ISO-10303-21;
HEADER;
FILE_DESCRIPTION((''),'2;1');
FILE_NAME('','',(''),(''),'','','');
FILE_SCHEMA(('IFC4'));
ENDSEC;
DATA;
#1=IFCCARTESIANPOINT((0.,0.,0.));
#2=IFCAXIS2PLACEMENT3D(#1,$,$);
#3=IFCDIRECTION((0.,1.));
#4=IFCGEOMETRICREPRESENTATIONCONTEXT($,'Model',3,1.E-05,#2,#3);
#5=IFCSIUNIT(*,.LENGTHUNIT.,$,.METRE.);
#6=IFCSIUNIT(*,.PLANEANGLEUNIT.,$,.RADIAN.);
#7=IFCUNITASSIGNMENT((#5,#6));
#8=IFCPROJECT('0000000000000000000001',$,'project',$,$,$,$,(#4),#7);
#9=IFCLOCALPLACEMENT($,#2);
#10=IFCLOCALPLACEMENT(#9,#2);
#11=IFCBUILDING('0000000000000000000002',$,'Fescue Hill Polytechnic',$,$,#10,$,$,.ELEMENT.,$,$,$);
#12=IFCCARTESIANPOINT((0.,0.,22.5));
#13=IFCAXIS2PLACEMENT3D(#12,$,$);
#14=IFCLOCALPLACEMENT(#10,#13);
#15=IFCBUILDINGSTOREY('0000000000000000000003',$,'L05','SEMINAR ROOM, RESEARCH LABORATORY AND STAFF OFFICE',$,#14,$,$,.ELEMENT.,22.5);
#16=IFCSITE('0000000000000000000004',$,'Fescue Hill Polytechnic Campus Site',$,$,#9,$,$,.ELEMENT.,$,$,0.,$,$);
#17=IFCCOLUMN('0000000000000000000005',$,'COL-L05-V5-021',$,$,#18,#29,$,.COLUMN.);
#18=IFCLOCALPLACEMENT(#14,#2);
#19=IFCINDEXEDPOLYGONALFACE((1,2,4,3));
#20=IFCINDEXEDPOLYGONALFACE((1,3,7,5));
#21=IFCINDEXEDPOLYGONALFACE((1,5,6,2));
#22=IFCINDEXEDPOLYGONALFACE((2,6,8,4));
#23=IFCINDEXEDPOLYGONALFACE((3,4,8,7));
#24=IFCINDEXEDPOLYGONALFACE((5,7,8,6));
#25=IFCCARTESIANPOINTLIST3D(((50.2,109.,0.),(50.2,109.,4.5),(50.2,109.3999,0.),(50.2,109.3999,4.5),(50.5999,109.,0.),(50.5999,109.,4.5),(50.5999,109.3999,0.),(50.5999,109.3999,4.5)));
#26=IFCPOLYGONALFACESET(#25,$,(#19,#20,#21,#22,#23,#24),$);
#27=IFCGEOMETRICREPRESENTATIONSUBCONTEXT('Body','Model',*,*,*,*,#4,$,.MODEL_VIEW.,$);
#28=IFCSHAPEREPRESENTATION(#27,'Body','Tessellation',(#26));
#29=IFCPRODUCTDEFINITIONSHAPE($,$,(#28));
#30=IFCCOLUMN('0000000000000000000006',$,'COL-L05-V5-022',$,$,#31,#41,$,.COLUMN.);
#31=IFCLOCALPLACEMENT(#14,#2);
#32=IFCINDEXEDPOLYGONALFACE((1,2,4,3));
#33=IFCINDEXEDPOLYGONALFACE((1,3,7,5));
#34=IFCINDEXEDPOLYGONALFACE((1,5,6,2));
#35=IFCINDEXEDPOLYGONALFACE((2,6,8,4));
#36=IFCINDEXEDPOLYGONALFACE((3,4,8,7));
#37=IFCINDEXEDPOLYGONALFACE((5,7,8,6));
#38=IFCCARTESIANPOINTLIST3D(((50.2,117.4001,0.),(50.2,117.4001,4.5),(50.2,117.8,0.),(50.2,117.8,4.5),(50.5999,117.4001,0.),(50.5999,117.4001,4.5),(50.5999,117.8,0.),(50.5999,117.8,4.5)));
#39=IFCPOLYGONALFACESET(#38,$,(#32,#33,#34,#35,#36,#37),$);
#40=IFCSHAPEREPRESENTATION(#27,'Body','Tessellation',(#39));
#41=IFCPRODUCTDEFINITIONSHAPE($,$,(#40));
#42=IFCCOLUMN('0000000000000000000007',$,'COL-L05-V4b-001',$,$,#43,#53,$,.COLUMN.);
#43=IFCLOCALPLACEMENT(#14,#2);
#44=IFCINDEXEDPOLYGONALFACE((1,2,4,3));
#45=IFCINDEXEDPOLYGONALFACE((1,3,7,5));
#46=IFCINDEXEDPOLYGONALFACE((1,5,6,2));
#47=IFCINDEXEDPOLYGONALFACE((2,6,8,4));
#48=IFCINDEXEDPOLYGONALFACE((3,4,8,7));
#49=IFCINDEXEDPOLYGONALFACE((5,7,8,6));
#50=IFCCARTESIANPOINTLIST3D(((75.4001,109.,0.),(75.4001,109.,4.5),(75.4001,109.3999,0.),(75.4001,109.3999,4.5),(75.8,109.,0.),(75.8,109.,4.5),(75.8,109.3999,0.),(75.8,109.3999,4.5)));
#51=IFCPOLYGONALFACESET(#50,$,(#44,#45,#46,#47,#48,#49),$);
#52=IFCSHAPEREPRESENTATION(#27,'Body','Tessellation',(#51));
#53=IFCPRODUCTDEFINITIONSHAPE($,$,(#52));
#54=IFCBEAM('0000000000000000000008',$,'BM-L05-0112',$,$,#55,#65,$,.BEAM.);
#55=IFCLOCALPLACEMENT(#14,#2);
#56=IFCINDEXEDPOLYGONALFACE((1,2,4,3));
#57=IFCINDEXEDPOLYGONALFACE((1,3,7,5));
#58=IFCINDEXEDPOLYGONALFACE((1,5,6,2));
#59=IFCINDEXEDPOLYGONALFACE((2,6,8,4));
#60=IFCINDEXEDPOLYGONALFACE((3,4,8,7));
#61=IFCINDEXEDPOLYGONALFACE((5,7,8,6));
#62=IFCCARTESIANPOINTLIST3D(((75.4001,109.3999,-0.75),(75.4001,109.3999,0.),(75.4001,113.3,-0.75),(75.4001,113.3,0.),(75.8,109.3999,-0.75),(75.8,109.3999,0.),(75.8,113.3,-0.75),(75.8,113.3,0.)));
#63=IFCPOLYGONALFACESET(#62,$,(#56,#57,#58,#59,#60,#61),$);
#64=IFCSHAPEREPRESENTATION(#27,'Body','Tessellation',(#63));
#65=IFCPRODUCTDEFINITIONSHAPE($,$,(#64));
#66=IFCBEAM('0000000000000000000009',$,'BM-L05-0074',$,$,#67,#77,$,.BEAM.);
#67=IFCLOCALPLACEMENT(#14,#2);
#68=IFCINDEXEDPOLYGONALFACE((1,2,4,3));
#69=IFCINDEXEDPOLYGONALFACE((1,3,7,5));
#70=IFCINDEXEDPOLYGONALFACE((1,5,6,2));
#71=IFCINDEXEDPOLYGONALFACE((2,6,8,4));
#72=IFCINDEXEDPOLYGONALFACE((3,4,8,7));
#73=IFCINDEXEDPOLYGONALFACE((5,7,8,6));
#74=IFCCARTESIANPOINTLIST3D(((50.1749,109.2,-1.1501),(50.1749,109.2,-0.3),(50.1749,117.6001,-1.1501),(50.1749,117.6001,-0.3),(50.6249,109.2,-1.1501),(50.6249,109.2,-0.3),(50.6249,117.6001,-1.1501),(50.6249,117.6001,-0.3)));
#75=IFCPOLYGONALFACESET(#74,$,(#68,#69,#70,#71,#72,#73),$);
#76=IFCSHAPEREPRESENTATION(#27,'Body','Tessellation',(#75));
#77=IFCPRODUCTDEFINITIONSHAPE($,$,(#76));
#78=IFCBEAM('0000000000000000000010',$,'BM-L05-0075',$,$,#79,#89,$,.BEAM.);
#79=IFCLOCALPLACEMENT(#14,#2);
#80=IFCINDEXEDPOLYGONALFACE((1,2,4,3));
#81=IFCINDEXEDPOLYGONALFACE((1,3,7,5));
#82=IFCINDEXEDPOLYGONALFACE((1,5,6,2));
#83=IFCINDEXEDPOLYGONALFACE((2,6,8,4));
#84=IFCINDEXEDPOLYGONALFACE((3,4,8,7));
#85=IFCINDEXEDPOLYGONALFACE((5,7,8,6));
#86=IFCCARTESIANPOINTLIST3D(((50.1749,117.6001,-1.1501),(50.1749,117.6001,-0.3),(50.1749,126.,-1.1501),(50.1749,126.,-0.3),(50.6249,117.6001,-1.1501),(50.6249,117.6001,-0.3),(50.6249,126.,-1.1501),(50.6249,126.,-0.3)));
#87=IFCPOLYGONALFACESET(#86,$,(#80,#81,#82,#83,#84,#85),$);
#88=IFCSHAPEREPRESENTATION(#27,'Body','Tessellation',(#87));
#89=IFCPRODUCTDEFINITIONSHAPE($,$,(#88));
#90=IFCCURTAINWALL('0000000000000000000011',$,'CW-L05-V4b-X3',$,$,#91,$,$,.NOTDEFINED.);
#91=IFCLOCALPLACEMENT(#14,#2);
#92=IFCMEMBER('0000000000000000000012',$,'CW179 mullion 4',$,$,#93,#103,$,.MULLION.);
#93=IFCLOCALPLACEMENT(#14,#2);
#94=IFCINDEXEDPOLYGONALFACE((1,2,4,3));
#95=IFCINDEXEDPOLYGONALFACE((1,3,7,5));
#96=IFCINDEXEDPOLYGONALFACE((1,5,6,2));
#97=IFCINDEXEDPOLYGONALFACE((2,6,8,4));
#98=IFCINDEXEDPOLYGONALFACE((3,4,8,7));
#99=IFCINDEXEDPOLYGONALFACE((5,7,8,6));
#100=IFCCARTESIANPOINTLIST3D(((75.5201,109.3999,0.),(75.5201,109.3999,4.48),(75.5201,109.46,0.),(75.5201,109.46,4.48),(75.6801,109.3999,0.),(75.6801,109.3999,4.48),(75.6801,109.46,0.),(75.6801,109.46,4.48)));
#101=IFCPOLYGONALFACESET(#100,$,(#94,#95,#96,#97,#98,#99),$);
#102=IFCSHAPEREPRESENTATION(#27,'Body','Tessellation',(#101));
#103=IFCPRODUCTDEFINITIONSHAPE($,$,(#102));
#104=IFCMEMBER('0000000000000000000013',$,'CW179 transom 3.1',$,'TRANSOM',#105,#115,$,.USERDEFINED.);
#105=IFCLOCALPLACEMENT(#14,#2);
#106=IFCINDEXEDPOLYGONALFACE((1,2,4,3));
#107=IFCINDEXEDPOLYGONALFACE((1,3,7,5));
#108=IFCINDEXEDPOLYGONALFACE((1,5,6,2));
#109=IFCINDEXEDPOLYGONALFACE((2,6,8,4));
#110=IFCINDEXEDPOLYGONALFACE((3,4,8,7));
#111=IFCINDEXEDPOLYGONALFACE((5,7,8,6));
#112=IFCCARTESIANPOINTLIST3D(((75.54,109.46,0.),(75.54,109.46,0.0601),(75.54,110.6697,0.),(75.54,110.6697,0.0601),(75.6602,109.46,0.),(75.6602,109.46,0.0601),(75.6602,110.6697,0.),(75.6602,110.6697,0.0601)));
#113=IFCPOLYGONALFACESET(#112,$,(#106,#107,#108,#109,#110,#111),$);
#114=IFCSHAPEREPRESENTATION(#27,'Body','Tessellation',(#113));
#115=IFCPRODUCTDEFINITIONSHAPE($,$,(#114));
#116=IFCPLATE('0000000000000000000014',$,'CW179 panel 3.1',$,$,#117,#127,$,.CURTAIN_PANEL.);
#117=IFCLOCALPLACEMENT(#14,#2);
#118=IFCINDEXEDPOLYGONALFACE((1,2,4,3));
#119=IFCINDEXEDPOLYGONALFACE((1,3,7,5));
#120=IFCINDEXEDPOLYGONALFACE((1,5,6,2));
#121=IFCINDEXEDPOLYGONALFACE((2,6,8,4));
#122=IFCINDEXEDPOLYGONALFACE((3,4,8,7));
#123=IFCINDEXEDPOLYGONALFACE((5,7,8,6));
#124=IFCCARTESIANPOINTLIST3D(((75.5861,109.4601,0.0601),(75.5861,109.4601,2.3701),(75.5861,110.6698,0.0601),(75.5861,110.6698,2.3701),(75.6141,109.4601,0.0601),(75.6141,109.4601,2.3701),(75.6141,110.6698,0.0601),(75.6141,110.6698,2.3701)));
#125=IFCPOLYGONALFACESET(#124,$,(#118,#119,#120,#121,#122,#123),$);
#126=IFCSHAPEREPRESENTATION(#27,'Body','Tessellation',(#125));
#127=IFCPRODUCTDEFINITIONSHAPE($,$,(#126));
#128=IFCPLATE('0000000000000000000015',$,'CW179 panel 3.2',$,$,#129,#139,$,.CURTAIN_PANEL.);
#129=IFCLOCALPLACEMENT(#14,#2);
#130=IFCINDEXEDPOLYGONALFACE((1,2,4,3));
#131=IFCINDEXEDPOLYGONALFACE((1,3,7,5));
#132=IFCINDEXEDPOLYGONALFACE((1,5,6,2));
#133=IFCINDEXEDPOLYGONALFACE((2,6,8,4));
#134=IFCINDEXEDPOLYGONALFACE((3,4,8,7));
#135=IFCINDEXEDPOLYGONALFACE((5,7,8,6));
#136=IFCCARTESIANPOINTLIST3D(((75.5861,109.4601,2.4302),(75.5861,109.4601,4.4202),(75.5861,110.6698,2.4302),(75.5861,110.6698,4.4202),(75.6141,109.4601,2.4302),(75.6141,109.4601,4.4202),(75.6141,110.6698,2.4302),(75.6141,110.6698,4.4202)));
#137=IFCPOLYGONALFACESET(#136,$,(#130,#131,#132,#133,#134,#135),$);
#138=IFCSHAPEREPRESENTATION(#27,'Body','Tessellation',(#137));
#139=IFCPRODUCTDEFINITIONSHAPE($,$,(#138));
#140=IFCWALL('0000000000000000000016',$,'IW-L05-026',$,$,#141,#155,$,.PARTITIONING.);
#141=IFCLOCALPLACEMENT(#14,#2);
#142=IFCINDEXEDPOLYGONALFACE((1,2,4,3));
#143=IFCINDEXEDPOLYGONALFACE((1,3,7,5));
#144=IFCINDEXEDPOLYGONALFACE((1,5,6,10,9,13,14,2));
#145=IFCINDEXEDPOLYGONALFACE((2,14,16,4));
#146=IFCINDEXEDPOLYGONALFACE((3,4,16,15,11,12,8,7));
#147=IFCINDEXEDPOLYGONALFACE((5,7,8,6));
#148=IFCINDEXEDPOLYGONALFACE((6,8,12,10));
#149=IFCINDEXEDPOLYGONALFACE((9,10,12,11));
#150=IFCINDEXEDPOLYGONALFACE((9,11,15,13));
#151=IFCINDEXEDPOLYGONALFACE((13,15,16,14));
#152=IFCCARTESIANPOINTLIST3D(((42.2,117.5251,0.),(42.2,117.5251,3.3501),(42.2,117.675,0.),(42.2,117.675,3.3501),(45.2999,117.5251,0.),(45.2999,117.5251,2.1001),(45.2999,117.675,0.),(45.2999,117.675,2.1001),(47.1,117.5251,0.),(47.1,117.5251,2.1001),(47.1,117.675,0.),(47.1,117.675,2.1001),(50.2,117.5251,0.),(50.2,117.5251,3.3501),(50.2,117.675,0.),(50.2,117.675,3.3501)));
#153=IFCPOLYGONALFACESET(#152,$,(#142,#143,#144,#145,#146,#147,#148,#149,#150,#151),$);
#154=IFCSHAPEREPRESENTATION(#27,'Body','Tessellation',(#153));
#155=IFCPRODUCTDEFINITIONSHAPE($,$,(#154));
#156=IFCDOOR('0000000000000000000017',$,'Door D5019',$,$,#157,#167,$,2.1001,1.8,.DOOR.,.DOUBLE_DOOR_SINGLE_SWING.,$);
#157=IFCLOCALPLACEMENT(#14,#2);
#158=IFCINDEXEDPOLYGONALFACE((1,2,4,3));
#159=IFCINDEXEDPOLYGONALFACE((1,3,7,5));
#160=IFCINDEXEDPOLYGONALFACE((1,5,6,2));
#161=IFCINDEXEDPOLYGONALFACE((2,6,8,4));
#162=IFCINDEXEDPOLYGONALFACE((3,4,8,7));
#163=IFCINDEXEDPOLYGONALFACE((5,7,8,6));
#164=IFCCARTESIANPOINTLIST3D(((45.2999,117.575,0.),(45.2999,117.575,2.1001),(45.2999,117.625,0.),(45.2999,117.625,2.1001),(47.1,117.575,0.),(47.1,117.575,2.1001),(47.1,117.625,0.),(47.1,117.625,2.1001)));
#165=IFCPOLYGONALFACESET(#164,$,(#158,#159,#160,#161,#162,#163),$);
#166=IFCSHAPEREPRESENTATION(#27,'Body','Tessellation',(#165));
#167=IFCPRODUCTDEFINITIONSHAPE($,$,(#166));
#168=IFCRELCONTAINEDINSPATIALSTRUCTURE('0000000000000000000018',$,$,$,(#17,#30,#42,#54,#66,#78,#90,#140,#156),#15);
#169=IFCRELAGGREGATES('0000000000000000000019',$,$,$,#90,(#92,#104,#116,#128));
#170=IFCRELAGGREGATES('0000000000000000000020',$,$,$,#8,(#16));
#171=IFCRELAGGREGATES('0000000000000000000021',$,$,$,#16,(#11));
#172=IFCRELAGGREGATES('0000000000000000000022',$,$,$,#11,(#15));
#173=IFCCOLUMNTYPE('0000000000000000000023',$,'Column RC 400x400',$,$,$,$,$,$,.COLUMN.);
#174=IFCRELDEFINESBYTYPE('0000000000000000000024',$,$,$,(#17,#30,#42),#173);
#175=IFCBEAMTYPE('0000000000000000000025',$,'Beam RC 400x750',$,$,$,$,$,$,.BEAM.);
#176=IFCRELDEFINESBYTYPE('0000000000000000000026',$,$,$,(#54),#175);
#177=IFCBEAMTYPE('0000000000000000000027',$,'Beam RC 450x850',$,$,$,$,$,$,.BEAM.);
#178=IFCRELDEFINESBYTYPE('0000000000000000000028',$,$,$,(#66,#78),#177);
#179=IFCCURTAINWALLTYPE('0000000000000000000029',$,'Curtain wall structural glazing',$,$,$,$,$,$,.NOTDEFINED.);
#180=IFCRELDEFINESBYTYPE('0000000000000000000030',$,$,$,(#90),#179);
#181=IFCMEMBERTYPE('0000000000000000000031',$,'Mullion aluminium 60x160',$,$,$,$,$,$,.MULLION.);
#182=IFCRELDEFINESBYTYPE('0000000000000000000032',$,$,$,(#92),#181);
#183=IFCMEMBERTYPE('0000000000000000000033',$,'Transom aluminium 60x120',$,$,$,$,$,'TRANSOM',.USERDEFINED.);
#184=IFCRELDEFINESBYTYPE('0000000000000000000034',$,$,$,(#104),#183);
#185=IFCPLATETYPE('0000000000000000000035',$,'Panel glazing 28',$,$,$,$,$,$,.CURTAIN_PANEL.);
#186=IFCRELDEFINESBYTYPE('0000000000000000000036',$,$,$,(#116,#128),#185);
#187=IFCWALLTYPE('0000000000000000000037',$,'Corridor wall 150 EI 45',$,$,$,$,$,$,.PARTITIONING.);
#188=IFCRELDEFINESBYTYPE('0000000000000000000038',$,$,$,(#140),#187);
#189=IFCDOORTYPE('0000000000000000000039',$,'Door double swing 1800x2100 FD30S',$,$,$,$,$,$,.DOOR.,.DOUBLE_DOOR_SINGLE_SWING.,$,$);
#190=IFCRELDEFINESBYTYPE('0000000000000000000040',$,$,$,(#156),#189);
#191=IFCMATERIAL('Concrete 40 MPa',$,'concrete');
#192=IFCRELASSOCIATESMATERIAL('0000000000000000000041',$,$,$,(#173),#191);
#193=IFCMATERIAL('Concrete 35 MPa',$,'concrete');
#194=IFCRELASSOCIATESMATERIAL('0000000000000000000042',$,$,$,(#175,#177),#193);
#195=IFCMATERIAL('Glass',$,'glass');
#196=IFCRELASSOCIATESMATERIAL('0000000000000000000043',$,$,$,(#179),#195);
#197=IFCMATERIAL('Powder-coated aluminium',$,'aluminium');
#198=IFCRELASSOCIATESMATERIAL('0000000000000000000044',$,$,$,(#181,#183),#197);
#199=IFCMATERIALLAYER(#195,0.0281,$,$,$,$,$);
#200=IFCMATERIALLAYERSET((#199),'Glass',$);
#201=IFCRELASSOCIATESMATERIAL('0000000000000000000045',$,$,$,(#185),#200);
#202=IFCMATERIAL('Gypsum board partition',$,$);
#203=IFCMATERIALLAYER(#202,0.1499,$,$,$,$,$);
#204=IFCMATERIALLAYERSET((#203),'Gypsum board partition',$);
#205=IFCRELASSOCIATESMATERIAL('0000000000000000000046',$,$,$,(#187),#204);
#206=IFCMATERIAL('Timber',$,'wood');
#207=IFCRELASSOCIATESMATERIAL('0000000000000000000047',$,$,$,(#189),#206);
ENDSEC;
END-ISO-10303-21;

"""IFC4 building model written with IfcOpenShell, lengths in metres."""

from ifc_helpers import new_model, si_unit, direction, frame, frame_2d, origin, origin_2d, place, context, subcontext, project, spatial, rectangle, extrude, material, layer, layer_set, material_profile, profile_set, type_object, element, fill, aggregate, save


model = new_model("IFC4")

# Units and contexts
model_context = context("Model", 3, precision=1e-05, world=origin(), true_north=direction((0.0, 1.0)))
body_context = subcontext(model_context, "Body", "Model", "MODEL_VIEW")
ifc_project = project(units=[si_unit("LENGTHUNIT", "METRE"), si_unit("PLANEANGLEUNIT", "RADIAN")], contexts=[model_context])

# Site, building, storey
site_placement = place(None, origin())
site = spatial("IfcSite", under=ifc_project, at=site_placement, Name="Fescue Hill Polytechnic Campus Site", CompositionType="ELEMENT", RefElevation=0.0)
building_placement = place(site_placement, origin())
building = spatial("IfcBuilding", under=site, at=building_placement, Name="Fescue Hill Polytechnic", CompositionType="ELEMENT")
storey_placement = place(building_placement, frame((0.0, 0.0, 22.5)))
storey = spatial("IfcBuildingStorey", under=building, at=storey_placement, Name="L05", Description="SEMINAR ROOM, RESEARCH LABORATORY AND STAFF OFFICE", CompositionType="ELEMENT", Elevation=22.5)

# Columns
ifc_material_1 = material(Name="Concrete 40 MPa", Category="concrete")
ifc_material_profile_1 = material_profile(ifc_material_1, rectangle(XDim=0.3999, YDim=0.3999, at=origin_2d()), Name="RC 400x400")
ifc_profile_set_1 = profile_set([ifc_material_profile_1], Name="Concrete 40 MPa")
column_type = type_object("IfcColumnType", Name="Column RC 400x400", PredefinedType="COLUMN", material=ifc_profile_set_1)
for number, where, z_axis, x_axis, name in (
    (1, (50.3999, 109.2, 0.0), (0.0, 0.0, 1.0), (1.0, 0.0, 0.0), "COL-L05-V5-021"),
    (2, (50.3999, 117.6001, 0.0), (0.0, 0.0, 1.0), (1.0, 0.0, 0.0), "COL-L05-V5-022"),
    (3, (75.6001, 109.2, 0.0), (0.0, 0.0, 1.0), (1.0, 0.0, 0.0), "COL-L05-V4b-001"),
):
    element("IfcColumn", number, at=place(storey_placement, frame(where, z_axis=z_axis, x_axis=x_axis)), inside=storey, type_object=column_type, Name=name, PredefinedType="COLUMN", context=body_context, shape_type="SweptSolid", body=[
        extrude(rectangle(XDim=0.3999, YDim=0.3999, at=origin_2d()), origin(), (0.0, 0.0, 1.0), 4.5),
    ])

# Beams
ifc_material_2 = material(Name="Concrete 35 MPa", Category="concrete")
ifc_material_profile_2 = material_profile(ifc_material_2, rectangle(XDim=0.3999, YDim=0.75, at=origin_2d()), Name="RC 400x750")
ifc_profile_set_2 = profile_set([ifc_material_profile_2], Name="Concrete 35 MPa")
beam_type_1 = type_object("IfcBeamType", Name="Beam RC 400x750", PredefinedType="BEAM", material=ifc_profile_set_2)
beam_1_placement = place(storey_placement, frame((75.6001, 109.3999, -0.375), z_axis=(0.0, 1.0, 0.0), x_axis=(-1.0, 0.0, 0.0)))
element("IfcBeam", 4, at=beam_1_placement, inside=storey, type_object=beam_type_1, Name="BM-L05-0112", PredefinedType="BEAM", context=body_context, shape_type="SweptSolid", body=[
    extrude(rectangle(XDim=0.3999, YDim=0.75, at=origin_2d()), origin(), (0.0, 0.0, 1.0), 3.9001),
])
ifc_material_profile_3 = material_profile(ifc_material_2, rectangle(XDim=0.45, YDim=0.8501, at=origin_2d()), Name="RC 450x850")
ifc_profile_set_3 = profile_set([ifc_material_profile_3], Name="Concrete 35 MPa")
beam_type_2 = type_object("IfcBeamType", Name="Beam RC 450x850", PredefinedType="BEAM", material=ifc_profile_set_3)
beam_2_placement = place(storey_placement, frame((50.3999, 109.2, -0.7251), z_axis=(0.0, 1.0, 0.0), x_axis=(-1.0, 0.0, 0.0)))
element("IfcBeam", 5, at=beam_2_placement, inside=storey, type_object=beam_type_2, Name="BM-L05-0074", PredefinedType="BEAM", context=body_context, shape_type="SweptSolid", body=[
    extrude(rectangle(XDim=0.45, YDim=0.8501, at=origin_2d()), origin(), (0.0, 0.0, 1.0), 8.4001),
])
beam_3_placement = place(storey_placement, frame((50.3999, 117.6001, -0.7251), z_axis=(0.0, 1.0, 0.0), x_axis=(-1.0, 0.0, 0.0)))
element("IfcBeam", 6, at=beam_3_placement, inside=storey, type_object=beam_type_2, Name="BM-L05-0075", PredefinedType="BEAM", context=body_context, shape_type="SweptSolid", body=[
    extrude(rectangle(XDim=0.45, YDim=0.8501, at=origin_2d()), origin(), (0.0, 0.0, 1.0), 8.3999),
])

# Curtain wall, members, plates
ifc_material_3 = material(Name="Glass", Category="glass")
curtain_wall_type = type_object("IfcCurtainWallType", Name="Curtain wall structural glazing", PredefinedType="NOTDEFINED", material=ifc_material_3)
curtain_wall_placement = place(storey_placement, origin())
curtain_wall = element("IfcCurtainWall", 7, at=curtain_wall_placement, inside=storey, type_object=curtain_wall_type, Name="CW-L05-V4b-X3", PredefinedType="NOTDEFINED")
ifc_material_4 = material(Name="Powder-coated aluminium", Category="aluminium")
ifc_material_profile_4 = material_profile(ifc_material_4, rectangle(XDim=0.1599, YDim=0.0601, at=origin_2d()), Name="Mullion aluminium 60x160")
ifc_profile_set_4 = profile_set([ifc_material_profile_4], Name="Powder-coated aluminium")
member_type_1 = type_object("IfcMemberType", Name="Mullion aluminium 60x160", PredefinedType="MULLION", material=ifc_profile_set_4)
member_1_placement = place(storey_placement, frame((75.6001, 109.4299, 0.0), z_axis=(0.0, 0.0, 1.0), x_axis=(1.0, 0.0, 0.0)))
member_1 = element("IfcMember", 8, at=member_1_placement, type_object=member_type_1, Name="CW179 mullion 4", PredefinedType="MULLION", context=body_context, shape_type="SweptSolid", body=[
    extrude(rectangle(XDim=0.1599, YDim=0.0601, at=origin_2d()), origin(), (0.0, 0.0, 1.0), 4.48),
])
ifc_material_profile_5 = material_profile(ifc_material_4, rectangle(XDim=0.1201, YDim=0.0601, at=origin_2d()), Name="Transom aluminium 60x120")
ifc_profile_set_5 = profile_set([ifc_material_profile_5], Name="Powder-coated aluminium")
member_type_2 = type_object("IfcMemberType", Name="Transom aluminium 60x120", ElementType="TRANSOM", PredefinedType="USERDEFINED", material=ifc_profile_set_5)
member_2_placement = place(storey_placement, frame((75.6001, 110.6697, 0.03), z_axis=(0.0, -1.0, 0.0), x_axis=(1.0, 0.0, 0.0)))
member_2 = element("IfcMember", 9, at=member_2_placement, type_object=member_type_2, Name="CW179 transom 3.1", ObjectType="TRANSOM", PredefinedType="USERDEFINED", context=body_context, shape_type="SweptSolid", body=[
    extrude(rectangle(XDim=0.1201, YDim=0.0601, at=origin_2d()), origin(), (0.0, 0.0, 1.0), 1.2097),
])
ifc_layer_1 = layer(ifc_material_3, 0.0281)
ifc_layer_set_1 = layer_set([ifc_layer_1], Name="Glass")
plate_type = type_object("IfcPlateType", Name="Panel glazing 28", PredefinedType="CURTAIN_PANEL", material=ifc_layer_set_1)
plate_1_placement = place(storey_placement, frame((75.6001, 110.0649, 0.0601), z_axis=(0.0, 0.0, 1.0), x_axis=(0.0, -1.0, 0.0)))
plate_1 = element("IfcPlate", 10, at=plate_1_placement, type_object=plate_type, Name="CW179 panel 3.1", PredefinedType="CURTAIN_PANEL", context=body_context, shape_type="SweptSolid", body=[
    extrude(rectangle(XDim=1.2097, YDim=0.0281, at=origin_2d()), origin(), (0.0, 0.0, 1.0), 2.3101),
])
plate_2_placement = place(storey_placement, frame((75.6001, 110.0649, 2.4302), z_axis=(0.0, 0.0, 1.0), x_axis=(0.0, -1.0, 0.0)))
plate_2 = element("IfcPlate", 11, at=plate_2_placement, type_object=plate_type, Name="CW179 panel 3.2", PredefinedType="CURTAIN_PANEL", context=body_context, shape_type="SweptSolid", body=[
    extrude(rectangle(XDim=1.2097, YDim=0.0281, at=origin_2d()), origin(), (0.0, 0.0, 1.0), 1.99),
])
aggregate(curtain_wall, [member_1, member_2, plate_1, plate_2])

# Wall, opening, door
ifc_material_5 = material(Name="Gypsum board partition")
ifc_layer_2 = layer(ifc_material_5, 0.1499)
ifc_layer_set_2 = layer_set([ifc_layer_2], Name="Gypsum board partition")
wall_type_1 = type_object("IfcWallType", Name="Corridor wall 150 EI 45", PredefinedType="PARTITIONING", material=ifc_layer_set_2)
wall_1_placement = place(storey_placement, frame((42.2, 117.6001, 0.0), z_axis=(0.0, 0.0, 1.0), x_axis=(1.0, 0.0, 0.0)))
wall_1 = element("IfcWall", 12, at=wall_1_placement, inside=storey, type_object=wall_type_1, Name="IW-L05-026", PredefinedType="PARTITIONING", context=body_context, shape_type="SweptSolid", body=[
    extrude(rectangle(XDim=8.0, YDim=0.1499, at=frame_2d((4.0, 0.0))), origin(), (0.0, 0.0, 1.0), 3.3501),
])
opening_1_placement = place(wall_1_placement, frame((3.1001, 0.0, 0.0)))
opening_1 = element("IfcOpeningElement", 13, at=opening_1_placement, cuts=wall_1, PredefinedType="OPENING", context=body_context, shape_type="SweptSolid", body=[
    extrude(rectangle(XDim=1.8, YDim=2.1001, at=frame_2d((0.8999, 1.05))), frame((0.0, 0.085, 0.0), z_axis=(0.0, -1.0, 0.0), x_axis=(1.0, 0.0, 0.0)), (0.0, 0.0, 1.0), 0.1699),
])
ifc_material_6 = material(Name="Timber", Category="wood")
door_type_1 = type_object("IfcDoorType", Name="Door double swing 1800x2100 FD30S", OperationType="DOUBLE_DOOR_SINGLE_SWING", PredefinedType="DOOR", material=ifc_material_6)
door_1_placement = place(opening_1_placement, origin())
door_1 = element("IfcDoor", 14, at=door_1_placement, inside=storey, type_object=door_type_1, Name="Door D5019", OperationType="DOUBLE_DOOR_SINGLE_SWING", OverallHeight=2.1001, OverallWidth=1.8, PredefinedType="DOOR", context=body_context, shape_type="SweptSolid", body=[
    extrude(rectangle(XDim=1.8, YDim=2.1001, at=frame_2d((0.8999, 1.05))), frame((0.0, 0.0249, 0.0), z_axis=(0.0, -1.0, 0.0), x_axis=(1.0, 0.0, 0.0)), (0.0, 0.0, 1.0), 0.05),
])
fill(opening_1, door_1)

save(model, "model.ifc")
